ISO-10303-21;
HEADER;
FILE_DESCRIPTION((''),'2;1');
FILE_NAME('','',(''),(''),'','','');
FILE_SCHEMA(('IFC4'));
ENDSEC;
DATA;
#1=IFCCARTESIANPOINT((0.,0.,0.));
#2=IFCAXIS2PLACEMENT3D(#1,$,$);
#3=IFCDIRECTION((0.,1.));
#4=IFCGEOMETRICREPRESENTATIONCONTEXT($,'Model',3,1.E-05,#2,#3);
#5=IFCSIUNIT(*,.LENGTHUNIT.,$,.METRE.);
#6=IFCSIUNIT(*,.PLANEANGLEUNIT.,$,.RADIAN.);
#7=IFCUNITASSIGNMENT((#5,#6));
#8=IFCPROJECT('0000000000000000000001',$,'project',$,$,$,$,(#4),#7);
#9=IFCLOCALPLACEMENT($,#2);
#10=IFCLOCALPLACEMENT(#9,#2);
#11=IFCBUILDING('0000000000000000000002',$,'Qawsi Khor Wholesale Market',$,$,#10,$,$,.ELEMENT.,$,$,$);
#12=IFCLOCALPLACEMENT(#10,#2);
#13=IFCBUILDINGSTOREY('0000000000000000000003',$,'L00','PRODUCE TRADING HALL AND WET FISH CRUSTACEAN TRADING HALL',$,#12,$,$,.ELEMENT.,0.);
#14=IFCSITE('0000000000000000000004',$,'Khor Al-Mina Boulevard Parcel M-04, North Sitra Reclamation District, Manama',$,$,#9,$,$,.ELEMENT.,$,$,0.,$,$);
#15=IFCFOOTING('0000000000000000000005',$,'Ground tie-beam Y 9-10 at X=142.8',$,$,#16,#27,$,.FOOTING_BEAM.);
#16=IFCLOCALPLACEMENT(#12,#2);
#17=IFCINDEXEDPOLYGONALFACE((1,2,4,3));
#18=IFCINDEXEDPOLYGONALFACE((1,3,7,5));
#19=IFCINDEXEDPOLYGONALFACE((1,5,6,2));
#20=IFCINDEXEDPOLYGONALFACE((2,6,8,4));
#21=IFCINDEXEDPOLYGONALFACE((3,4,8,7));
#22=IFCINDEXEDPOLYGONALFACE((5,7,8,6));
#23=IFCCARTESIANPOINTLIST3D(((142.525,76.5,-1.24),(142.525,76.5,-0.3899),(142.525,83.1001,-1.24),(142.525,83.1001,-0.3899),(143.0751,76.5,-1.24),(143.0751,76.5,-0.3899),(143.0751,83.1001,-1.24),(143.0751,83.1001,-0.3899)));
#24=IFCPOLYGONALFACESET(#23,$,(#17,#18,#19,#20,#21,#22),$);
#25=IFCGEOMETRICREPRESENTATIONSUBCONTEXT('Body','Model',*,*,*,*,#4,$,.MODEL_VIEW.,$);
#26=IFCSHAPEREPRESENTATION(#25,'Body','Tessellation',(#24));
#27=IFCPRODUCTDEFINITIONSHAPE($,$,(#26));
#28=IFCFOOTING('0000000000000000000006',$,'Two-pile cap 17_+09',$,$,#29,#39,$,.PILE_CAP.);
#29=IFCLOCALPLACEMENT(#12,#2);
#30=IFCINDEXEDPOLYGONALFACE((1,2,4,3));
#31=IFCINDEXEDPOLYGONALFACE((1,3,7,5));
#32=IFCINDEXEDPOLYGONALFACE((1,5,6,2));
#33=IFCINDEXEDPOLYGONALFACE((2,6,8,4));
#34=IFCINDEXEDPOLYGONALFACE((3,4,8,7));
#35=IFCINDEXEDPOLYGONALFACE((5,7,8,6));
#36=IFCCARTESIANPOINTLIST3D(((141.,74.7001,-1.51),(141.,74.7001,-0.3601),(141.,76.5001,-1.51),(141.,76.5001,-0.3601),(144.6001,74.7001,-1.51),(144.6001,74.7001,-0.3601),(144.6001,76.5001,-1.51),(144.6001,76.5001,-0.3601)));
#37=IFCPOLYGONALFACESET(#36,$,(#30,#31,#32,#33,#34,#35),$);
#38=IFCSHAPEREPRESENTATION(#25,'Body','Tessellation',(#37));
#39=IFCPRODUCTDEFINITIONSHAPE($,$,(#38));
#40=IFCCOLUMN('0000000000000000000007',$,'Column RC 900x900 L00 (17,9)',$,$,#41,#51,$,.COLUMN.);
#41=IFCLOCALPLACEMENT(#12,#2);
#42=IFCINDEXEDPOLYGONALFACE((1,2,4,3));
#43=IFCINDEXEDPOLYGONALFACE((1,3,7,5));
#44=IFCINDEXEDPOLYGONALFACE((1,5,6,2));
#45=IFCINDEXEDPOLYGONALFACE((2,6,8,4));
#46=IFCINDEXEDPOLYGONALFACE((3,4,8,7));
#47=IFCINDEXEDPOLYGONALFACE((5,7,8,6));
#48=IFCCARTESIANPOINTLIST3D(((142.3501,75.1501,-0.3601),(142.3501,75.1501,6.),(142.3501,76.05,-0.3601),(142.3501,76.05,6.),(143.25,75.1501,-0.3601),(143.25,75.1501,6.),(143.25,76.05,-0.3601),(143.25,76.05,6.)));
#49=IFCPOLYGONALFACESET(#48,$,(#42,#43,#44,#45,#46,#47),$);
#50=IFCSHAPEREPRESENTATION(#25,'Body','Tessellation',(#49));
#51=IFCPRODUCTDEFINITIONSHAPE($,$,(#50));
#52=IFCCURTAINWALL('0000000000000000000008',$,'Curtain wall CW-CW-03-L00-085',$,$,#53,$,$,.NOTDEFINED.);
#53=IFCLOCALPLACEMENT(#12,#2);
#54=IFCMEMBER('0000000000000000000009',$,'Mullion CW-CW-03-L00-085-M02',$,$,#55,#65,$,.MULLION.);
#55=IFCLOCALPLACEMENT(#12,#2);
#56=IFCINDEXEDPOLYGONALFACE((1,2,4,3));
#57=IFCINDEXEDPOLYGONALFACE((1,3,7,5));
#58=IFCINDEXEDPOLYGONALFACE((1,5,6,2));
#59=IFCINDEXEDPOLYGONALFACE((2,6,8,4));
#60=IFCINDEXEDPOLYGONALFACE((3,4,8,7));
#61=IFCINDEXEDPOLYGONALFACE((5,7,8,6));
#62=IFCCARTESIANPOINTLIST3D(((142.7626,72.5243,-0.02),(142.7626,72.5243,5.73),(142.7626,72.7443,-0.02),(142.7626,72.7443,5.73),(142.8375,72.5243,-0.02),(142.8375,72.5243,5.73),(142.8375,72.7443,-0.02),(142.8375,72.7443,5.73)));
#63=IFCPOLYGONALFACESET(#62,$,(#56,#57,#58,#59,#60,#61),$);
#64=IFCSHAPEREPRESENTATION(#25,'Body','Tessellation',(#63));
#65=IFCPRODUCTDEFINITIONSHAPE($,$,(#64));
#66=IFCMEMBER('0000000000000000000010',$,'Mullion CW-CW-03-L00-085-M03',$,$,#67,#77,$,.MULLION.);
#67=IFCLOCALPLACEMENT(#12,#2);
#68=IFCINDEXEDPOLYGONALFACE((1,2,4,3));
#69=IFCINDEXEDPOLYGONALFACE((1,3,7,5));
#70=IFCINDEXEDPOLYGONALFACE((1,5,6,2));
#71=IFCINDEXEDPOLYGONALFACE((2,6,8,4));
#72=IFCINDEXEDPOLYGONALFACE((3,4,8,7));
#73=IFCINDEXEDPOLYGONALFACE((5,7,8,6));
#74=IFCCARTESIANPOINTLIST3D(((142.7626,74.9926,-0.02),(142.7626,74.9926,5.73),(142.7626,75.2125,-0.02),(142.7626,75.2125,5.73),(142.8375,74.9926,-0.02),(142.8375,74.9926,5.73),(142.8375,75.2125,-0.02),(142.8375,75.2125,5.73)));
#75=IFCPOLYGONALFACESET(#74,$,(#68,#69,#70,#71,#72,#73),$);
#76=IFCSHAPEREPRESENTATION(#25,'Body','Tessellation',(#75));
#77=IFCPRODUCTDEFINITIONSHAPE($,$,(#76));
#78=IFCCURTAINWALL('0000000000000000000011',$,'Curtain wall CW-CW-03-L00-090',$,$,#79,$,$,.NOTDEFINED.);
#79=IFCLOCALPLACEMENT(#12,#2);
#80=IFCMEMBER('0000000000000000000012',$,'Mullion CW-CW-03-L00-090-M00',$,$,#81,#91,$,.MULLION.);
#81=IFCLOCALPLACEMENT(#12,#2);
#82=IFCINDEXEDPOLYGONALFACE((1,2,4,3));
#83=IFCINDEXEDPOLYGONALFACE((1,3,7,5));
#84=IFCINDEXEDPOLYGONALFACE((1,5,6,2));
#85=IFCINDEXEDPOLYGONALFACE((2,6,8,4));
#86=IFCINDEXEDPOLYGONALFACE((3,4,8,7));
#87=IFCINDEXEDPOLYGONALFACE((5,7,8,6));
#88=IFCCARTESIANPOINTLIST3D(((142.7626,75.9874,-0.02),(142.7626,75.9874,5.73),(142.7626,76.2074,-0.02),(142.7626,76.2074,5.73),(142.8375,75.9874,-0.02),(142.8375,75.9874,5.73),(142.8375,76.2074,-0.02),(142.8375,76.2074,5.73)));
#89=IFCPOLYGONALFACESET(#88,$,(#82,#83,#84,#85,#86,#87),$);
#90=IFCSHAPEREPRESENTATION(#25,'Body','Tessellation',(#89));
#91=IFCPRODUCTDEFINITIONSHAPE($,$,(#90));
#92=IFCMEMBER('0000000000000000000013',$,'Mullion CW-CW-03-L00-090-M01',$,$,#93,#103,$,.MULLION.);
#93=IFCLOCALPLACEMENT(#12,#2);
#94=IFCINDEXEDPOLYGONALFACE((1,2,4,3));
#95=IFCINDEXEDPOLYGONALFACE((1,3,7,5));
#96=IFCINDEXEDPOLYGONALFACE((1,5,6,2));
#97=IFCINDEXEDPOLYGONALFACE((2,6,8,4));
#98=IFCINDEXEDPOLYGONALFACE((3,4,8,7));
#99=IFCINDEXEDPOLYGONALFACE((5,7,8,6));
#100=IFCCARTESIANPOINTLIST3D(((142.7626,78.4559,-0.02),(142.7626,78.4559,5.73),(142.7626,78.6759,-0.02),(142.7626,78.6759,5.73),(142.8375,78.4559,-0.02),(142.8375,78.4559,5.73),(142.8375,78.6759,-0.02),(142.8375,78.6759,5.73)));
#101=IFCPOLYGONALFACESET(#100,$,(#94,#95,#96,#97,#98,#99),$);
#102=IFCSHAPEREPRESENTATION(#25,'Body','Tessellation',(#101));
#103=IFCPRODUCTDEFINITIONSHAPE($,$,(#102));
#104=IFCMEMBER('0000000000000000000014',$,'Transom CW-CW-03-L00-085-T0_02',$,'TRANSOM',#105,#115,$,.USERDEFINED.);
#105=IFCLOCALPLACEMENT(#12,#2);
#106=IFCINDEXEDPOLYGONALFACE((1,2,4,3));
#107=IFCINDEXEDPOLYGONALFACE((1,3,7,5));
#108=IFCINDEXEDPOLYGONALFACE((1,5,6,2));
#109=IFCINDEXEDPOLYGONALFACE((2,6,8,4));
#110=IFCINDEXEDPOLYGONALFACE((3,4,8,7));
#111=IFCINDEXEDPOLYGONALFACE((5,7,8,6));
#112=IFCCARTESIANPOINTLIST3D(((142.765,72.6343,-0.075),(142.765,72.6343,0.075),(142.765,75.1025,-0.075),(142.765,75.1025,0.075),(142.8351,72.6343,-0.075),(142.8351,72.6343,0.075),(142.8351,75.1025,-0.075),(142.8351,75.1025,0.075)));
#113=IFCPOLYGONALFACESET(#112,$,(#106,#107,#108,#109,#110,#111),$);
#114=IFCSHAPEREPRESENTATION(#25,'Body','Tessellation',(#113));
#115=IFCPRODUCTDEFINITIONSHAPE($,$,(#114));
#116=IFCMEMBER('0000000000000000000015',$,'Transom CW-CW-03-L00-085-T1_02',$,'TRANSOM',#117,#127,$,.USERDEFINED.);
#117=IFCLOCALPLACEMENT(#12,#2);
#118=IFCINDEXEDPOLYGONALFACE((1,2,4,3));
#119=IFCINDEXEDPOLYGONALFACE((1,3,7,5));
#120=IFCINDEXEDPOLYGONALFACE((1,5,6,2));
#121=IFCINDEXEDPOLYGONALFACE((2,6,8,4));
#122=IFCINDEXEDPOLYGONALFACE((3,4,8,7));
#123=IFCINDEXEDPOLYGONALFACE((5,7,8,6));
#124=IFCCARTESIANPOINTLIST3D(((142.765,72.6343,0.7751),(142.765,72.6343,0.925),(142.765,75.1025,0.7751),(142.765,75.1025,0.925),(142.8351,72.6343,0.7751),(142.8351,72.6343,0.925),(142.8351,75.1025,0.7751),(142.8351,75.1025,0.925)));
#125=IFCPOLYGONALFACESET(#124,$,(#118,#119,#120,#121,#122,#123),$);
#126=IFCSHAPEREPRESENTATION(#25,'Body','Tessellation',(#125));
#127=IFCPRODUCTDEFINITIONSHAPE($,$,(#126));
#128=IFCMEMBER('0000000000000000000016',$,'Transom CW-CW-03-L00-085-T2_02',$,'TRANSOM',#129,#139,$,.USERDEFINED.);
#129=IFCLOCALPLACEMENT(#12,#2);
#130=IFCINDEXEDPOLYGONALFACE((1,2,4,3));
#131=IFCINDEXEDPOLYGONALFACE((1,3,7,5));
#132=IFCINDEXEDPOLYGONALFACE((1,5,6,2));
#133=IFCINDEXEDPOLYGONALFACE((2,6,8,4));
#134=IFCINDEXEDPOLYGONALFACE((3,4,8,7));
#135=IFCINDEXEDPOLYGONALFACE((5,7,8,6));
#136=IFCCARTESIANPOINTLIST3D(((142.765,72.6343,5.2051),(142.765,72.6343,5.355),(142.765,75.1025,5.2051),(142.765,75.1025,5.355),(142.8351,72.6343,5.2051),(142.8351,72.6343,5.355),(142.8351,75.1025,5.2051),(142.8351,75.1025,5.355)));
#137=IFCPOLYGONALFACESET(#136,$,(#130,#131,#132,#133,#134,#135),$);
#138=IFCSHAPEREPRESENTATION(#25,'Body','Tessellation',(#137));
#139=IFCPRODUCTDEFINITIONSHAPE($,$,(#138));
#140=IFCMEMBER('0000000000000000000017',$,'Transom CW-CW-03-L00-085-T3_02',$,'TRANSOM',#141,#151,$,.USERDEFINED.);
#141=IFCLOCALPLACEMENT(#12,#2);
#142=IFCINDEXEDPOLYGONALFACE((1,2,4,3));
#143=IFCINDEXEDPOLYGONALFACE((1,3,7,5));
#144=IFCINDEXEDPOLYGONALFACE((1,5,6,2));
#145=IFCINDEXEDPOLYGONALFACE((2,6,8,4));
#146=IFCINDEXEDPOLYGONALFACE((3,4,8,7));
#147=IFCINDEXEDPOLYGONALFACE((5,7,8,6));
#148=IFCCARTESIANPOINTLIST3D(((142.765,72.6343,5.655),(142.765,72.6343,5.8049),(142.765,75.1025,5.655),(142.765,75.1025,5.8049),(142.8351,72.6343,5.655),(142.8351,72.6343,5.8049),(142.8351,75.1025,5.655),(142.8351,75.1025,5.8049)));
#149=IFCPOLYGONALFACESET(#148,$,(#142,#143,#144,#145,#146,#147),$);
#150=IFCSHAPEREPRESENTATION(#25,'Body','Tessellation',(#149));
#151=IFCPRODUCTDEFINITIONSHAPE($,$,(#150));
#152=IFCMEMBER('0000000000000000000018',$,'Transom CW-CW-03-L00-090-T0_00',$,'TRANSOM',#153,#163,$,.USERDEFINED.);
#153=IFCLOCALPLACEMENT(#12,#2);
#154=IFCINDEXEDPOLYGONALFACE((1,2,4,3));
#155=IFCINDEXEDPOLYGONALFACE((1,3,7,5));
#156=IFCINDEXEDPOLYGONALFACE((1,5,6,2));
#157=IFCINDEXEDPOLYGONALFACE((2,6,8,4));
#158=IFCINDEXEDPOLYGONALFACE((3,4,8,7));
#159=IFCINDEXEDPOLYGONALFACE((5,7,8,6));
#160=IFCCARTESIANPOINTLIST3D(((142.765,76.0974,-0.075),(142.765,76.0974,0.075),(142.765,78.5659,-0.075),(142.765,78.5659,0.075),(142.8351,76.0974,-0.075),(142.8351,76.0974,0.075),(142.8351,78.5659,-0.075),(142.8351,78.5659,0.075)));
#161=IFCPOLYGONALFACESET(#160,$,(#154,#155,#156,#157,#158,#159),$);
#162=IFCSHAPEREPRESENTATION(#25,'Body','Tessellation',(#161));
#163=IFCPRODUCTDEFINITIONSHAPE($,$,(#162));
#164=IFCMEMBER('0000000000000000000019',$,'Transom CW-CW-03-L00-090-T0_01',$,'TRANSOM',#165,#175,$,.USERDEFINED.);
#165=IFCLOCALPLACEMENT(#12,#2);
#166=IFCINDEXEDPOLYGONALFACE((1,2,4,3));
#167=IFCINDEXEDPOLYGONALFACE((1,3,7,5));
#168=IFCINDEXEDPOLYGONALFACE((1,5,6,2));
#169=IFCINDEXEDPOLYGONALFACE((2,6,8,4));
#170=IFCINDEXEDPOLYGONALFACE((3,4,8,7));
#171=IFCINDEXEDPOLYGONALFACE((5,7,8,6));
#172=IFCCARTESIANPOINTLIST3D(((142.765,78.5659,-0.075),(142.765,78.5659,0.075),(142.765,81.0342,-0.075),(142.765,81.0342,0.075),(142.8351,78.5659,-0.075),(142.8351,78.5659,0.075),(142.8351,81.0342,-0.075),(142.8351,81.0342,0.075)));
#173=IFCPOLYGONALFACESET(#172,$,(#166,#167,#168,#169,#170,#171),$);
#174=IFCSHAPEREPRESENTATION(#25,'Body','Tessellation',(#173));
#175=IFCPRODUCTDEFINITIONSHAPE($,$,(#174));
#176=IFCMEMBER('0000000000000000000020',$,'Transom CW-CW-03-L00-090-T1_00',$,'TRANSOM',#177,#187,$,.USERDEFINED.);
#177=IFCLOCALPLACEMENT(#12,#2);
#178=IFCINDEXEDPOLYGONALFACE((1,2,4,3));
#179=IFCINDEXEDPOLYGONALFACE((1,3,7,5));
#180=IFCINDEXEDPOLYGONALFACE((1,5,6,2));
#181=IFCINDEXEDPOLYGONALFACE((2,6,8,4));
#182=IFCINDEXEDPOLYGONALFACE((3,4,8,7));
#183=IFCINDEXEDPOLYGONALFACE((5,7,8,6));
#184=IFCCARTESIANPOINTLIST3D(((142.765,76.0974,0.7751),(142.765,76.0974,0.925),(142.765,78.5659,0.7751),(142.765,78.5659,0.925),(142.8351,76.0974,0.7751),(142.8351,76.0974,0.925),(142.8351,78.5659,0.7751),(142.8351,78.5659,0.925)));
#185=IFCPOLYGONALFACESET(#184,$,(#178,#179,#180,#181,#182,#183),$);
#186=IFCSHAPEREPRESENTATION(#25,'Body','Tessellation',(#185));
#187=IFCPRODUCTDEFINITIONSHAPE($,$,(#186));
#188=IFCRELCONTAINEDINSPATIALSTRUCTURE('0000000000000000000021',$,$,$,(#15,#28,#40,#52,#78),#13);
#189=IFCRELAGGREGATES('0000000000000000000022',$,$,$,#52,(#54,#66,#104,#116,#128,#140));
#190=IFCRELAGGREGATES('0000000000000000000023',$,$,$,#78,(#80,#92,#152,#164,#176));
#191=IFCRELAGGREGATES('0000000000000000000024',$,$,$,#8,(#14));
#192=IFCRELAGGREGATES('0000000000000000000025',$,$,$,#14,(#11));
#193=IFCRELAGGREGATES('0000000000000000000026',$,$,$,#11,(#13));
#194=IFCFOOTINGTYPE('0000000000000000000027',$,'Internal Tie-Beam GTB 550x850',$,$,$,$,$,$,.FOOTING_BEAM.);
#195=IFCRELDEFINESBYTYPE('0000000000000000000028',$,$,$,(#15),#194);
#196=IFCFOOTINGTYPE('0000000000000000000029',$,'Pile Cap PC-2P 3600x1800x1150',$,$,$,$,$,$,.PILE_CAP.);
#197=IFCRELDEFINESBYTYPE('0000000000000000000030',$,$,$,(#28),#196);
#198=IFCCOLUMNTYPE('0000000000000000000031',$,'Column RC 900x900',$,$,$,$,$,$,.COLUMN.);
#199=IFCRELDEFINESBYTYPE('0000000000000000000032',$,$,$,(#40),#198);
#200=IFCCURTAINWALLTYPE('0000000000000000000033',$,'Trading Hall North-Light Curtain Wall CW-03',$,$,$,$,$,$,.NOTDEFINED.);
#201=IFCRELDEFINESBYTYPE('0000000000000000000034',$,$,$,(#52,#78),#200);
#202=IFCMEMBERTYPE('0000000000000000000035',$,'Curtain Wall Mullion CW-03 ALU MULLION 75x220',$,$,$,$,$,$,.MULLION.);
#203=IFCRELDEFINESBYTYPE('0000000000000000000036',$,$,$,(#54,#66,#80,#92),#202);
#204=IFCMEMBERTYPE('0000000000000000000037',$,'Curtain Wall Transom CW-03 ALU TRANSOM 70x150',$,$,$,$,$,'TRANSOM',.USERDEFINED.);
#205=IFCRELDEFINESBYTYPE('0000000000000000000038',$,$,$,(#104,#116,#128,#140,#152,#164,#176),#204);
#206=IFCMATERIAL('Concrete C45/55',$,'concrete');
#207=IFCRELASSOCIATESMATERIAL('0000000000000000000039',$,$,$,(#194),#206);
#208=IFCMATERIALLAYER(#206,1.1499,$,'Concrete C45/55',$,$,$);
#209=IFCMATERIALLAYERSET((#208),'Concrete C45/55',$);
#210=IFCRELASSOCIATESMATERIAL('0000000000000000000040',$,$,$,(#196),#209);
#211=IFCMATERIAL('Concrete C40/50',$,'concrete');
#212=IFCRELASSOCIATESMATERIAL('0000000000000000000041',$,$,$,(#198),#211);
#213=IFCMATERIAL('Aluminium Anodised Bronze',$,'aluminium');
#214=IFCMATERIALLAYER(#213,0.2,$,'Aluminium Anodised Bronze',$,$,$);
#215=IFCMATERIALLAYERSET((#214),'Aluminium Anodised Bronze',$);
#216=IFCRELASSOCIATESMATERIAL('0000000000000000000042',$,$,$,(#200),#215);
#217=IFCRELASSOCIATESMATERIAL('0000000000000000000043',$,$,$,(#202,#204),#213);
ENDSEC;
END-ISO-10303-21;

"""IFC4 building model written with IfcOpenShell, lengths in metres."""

from ifc_helpers import new_model, si_unit, direction, frame, origin, origin_2d, place, context, subcontext, project, spatial, rectangle, extrude, material, layer, layer_set, material_profile, profile_set, type_object, element, aggregate, save


model = new_model("IFC4")

# Units and contexts
model_context = context("Model", 3, precision=1e-05, world=origin(), true_north=direction((0.0, 1.0)))
body_context = subcontext(model_context, "Body", "Model", "MODEL_VIEW")
ifc_project = project(units=[si_unit("LENGTHUNIT", "METRE"), si_unit("PLANEANGLEUNIT", "RADIAN")], contexts=[model_context])

# Site, building, storey
site_placement = place(None, origin())
site = spatial("IfcSite", under=ifc_project, at=site_placement, Name="Khor Al-Mina Boulevard Parcel M-04, North Sitra Reclamation District, Manama", CompositionType="ELEMENT", RefElevation=0.0)
building_placement = place(site_placement, origin())
building = spatial("IfcBuilding", under=site, at=building_placement, Name="Qawsi Khor Wholesale Market", CompositionType="ELEMENT")
storey_placement = place(building_placement, origin())
storey = spatial("IfcBuildingStorey", under=building, at=storey_placement, Name="L00", Description="PRODUCE TRADING HALL AND WET FISH CRUSTACEAN TRADING HALL", CompositionType="ELEMENT", Elevation=0.0)

# Footings
ifc_material_1 = material(Name="Concrete C45/55", Category="concrete")
ifc_material_profile_1 = material_profile(ifc_material_1, rectangle(XDim=0.55, YDim=0.8501, at=origin_2d()), Name="RC 550x850")
ifc_profile_set_1 = profile_set([ifc_material_profile_1], Name="Concrete C45/55")
footing_type_1 = type_object("IfcFootingType", Name="Internal Tie-Beam GTB 550x850", PredefinedType="FOOTING_BEAM", material=ifc_profile_set_1)
footing_1_placement = place(storey_placement, frame((142.8, 76.5, -0.8149), z_axis=(0.0, 1.0, 0.0), x_axis=(-1.0, 0.0, 0.0)))
element("IfcFooting", 1, at=footing_1_placement, inside=storey, type_object=footing_type_1, Name="Ground tie-beam Y 9-10 at X=142.8", PredefinedType="FOOTING_BEAM", context=body_context, shape_type="SweptSolid", body=[
    extrude(rectangle(XDim=0.55, YDim=0.8501, at=origin_2d()), origin(), (0.0, 0.0, 1.0), 6.6001),
])
ifc_layer_1 = layer(ifc_material_1, 1.1499, Name="Concrete C45/55")
ifc_layer_set_1 = layer_set([ifc_layer_1], Name="Concrete C45/55")
footing_type_2 = type_object("IfcFootingType", Name="Pile Cap PC-2P 3600x1800x1150", PredefinedType="PILE_CAP", material=ifc_layer_set_1)
footing_2_placement = place(storey_placement, frame((142.8, 75.6001, -1.51), z_axis=(0.0, 0.0, 1.0), x_axis=(1.0, 0.0, 0.0)))
element("IfcFooting", 2, at=footing_2_placement, inside=storey, type_object=footing_type_2, Name="Two-pile cap 17_+09", PredefinedType="PILE_CAP", context=body_context, shape_type="SweptSolid", body=[
    extrude(rectangle(XDim=3.6001, YDim=1.8, at=origin_2d()), origin(), (0.0, 0.0, 1.0), 1.1499),
])

# Column
ifc_material_2 = material(Name="Concrete C40/50", Category="concrete")
ifc_material_profile_2 = material_profile(ifc_material_2, rectangle(XDim=0.8999, YDim=0.8999, at=origin_2d()), Name="RC 900x900")
ifc_profile_set_2 = profile_set([ifc_material_profile_2], Name="Concrete C40/50")
column_type = type_object("IfcColumnType", Name="Column RC 900x900", PredefinedType="COLUMN", material=ifc_profile_set_2)
column_placement = place(storey_placement, frame((142.8, 75.6001, -0.3601), z_axis=(0.0, 0.0, 1.0), x_axis=(1.0, 0.0, 0.0)))
element("IfcColumn", 3, at=column_placement, inside=storey, type_object=column_type, Name="Column RC 900x900 L00 (17,9)", PredefinedType="COLUMN", context=body_context, shape_type="SweptSolid", body=[
    extrude(rectangle(XDim=0.8999, YDim=0.8999, at=origin_2d()), origin(), (0.0, 0.0, 1.0), 6.3601),
])

# Curtain walls, members
ifc_material_3 = material(Name="Aluminium Anodised Bronze", Category="aluminium")
ifc_layer_2 = layer(ifc_material_3, 0.2, Name="Aluminium Anodised Bronze")
ifc_layer_set_2 = layer_set([ifc_layer_2], Name="Aluminium Anodised Bronze")
curtain_wall_type = type_object("IfcCurtainWallType", Name="Trading Hall North-Light Curtain Wall CW-03", PredefinedType="NOTDEFINED", material=ifc_layer_set_2)
curtain_wall_1_placement = place(storey_placement, origin())
curtain_wall_1 = element("IfcCurtainWall", 4, at=curtain_wall_1_placement, inside=storey, type_object=curtain_wall_type, Name="Curtain wall CW-CW-03-L00-085", PredefinedType="NOTDEFINED")
ifc_material_profile_3 = material_profile(ifc_material_3, rectangle(XDim=0.075, YDim=0.22, at=origin_2d()), Name="ALU MULLION 75x220")
ifc_profile_set_3 = profile_set([ifc_material_profile_3], Name="Aluminium Anodised Bronze")
member_type_1 = type_object("IfcMemberType", Name="Curtain Wall Mullion CW-03 ALU MULLION 75x220", PredefinedType="MULLION", material=ifc_profile_set_3)
member_1_placement = place(storey_placement, frame((142.8, 72.6343, -0.02), z_axis=(0.0, 0.0, 1.0), x_axis=(1.0, 0.0, 0.0)))
member_1 = element("IfcMember", 5, at=member_1_placement, type_object=member_type_1, Name="Mullion CW-CW-03-L00-085-M02", PredefinedType="MULLION", context=body_context, shape_type="SweptSolid", body=[
    extrude(rectangle(XDim=0.075, YDim=0.22, at=origin_2d()), origin(), (0.0, 0.0, 1.0), 5.75),
])
member_2_placement = place(storey_placement, frame((142.8, 75.1025, -0.02), z_axis=(0.0, 0.0, 1.0), x_axis=(1.0, 0.0, 0.0)))
member_2 = element("IfcMember", 6, at=member_2_placement, type_object=member_type_1, Name="Mullion CW-CW-03-L00-085-M03", PredefinedType="MULLION", context=body_context, shape_type="SweptSolid", body=[
    extrude(rectangle(XDim=0.075, YDim=0.22, at=origin_2d()), origin(), (0.0, 0.0, 1.0), 5.75),
])
curtain_wall_2_placement = place(storey_placement, origin())
curtain_wall_2 = element("IfcCurtainWall", 7, at=curtain_wall_2_placement, inside=storey, type_object=curtain_wall_type, Name="Curtain wall CW-CW-03-L00-090", PredefinedType="NOTDEFINED")
member_3_placement = place(storey_placement, frame((142.8, 76.0974, -0.02), z_axis=(0.0, 0.0, 1.0), x_axis=(1.0, 0.0, 0.0)))
member_3 = element("IfcMember", 8, at=member_3_placement, type_object=member_type_1, Name="Mullion CW-CW-03-L00-090-M00", PredefinedType="MULLION", context=body_context, shape_type="SweptSolid", body=[
    extrude(rectangle(XDim=0.075, YDim=0.22, at=origin_2d()), origin(), (0.0, 0.0, 1.0), 5.75),
])
member_4_placement = place(storey_placement, frame((142.8, 78.5659, -0.02), z_axis=(0.0, 0.0, 1.0), x_axis=(1.0, 0.0, 0.0)))
member_4 = element("IfcMember", 9, at=member_4_placement, type_object=member_type_1, Name="Mullion CW-CW-03-L00-090-M01", PredefinedType="MULLION", context=body_context, shape_type="SweptSolid", body=[
    extrude(rectangle(XDim=0.075, YDim=0.22, at=origin_2d()), origin(), (0.0, 0.0, 1.0), 5.75),
])

# Members
ifc_material_profile_4 = material_profile(ifc_material_3, rectangle(XDim=0.0701, YDim=0.1499, at=origin_2d()), Name="ALU TRANSOM 70x150")
ifc_profile_set_4 = profile_set([ifc_material_profile_4], Name="Aluminium Anodised Bronze")
member_type_2 = type_object("IfcMemberType", Name="Curtain Wall Transom CW-03 ALU TRANSOM 70x150", ElementType="TRANSOM", PredefinedType="USERDEFINED", material=ifc_profile_set_4)
member_5_placement = place(storey_placement, frame((142.8, 72.6343, 0.0), z_axis=(0.0, 1.0, 0.0), x_axis=(-1.0, 0.0, 0.0)))
member_5 = element("IfcMember", 10, at=member_5_placement, type_object=member_type_2, Name="Transom CW-CW-03-L00-085-T0_02", ObjectType="TRANSOM", PredefinedType="USERDEFINED", context=body_context, shape_type="SweptSolid", body=[
    extrude(rectangle(XDim=0.0701, YDim=0.1499, at=origin_2d()), origin(), (0.0, 0.0, 1.0), 2.4683),
])
member_6_placement = place(storey_placement, frame((142.8, 72.6343, 0.8501), z_axis=(0.0, 1.0, 0.0), x_axis=(-1.0, 0.0, 0.0)))
member_6 = element("IfcMember", 11, at=member_6_placement, type_object=member_type_2, Name="Transom CW-CW-03-L00-085-T1_02", ObjectType="TRANSOM", PredefinedType="USERDEFINED", context=body_context, shape_type="SweptSolid", body=[
    extrude(rectangle(XDim=0.0701, YDim=0.1499, at=origin_2d()), origin(), (0.0, 0.0, 1.0), 2.4683),
])
member_7_placement = place(storey_placement, frame((142.8, 72.6343, 5.28), z_axis=(0.0, 1.0, 0.0), x_axis=(-1.0, 0.0, 0.0)))
member_7 = element("IfcMember", 12, at=member_7_placement, type_object=member_type_2, Name="Transom CW-CW-03-L00-085-T2_02", ObjectType="TRANSOM", PredefinedType="USERDEFINED", context=body_context, shape_type="SweptSolid", body=[
    extrude(rectangle(XDim=0.0701, YDim=0.1499, at=origin_2d()), origin(), (0.0, 0.0, 1.0), 2.4683),
])
member_8_placement = place(storey_placement, frame((142.8, 72.6343, 5.73), z_axis=(0.0, 1.0, 0.0), x_axis=(-1.0, 0.0, 0.0)))
member_8 = element("IfcMember", 13, at=member_8_placement, type_object=member_type_2, Name="Transom CW-CW-03-L00-085-T3_02", ObjectType="TRANSOM", PredefinedType="USERDEFINED", context=body_context, shape_type="SweptSolid", body=[
    extrude(rectangle(XDim=0.0701, YDim=0.1499, at=origin_2d()), origin(), (0.0, 0.0, 1.0), 2.4683),
])
member_9_placement = place(storey_placement, frame((142.8, 76.0974, 0.0), z_axis=(0.0, 1.0, 0.0), x_axis=(-1.0, 0.0, 0.0)))
member_9 = element("IfcMember", 14, at=member_9_placement, type_object=member_type_2, Name="Transom CW-CW-03-L00-090-T0_00", ObjectType="TRANSOM", PredefinedType="USERDEFINED", context=body_context, shape_type="SweptSolid", body=[
    extrude(rectangle(XDim=0.0701, YDim=0.1499, at=origin_2d()), origin(), (0.0, 0.0, 1.0), 2.4685),
])
member_10_placement = place(storey_placement, frame((142.8, 78.5659, 0.0), z_axis=(0.0, 1.0, 0.0), x_axis=(-1.0, 0.0, 0.0)))
member_10 = element("IfcMember", 15, at=member_10_placement, type_object=member_type_2, Name="Transom CW-CW-03-L00-090-T0_01", ObjectType="TRANSOM", PredefinedType="USERDEFINED", context=body_context, shape_type="SweptSolid", body=[
    extrude(rectangle(XDim=0.0701, YDim=0.1499, at=origin_2d()), origin(), (0.0, 0.0, 1.0), 2.4683),
])
member_11_placement = place(storey_placement, frame((142.8, 76.0974, 0.8501), z_axis=(0.0, 1.0, 0.0), x_axis=(-1.0, 0.0, 0.0)))
member_11 = element("IfcMember", 16, at=member_11_placement, type_object=member_type_2, Name="Transom CW-CW-03-L00-090-T1_00", ObjectType="TRANSOM", PredefinedType="USERDEFINED", context=body_context, shape_type="SweptSolid", body=[
    extrude(rectangle(XDim=0.0701, YDim=0.1499, at=origin_2d()), origin(), (0.0, 0.0, 1.0), 2.4685),
])

aggregate(curtain_wall_1, [member_1, member_2, member_5, member_6, member_7, member_8])
aggregate(curtain_wall_2, [member_3, member_4, member_9, member_10, member_11])

save(model, "model.ifc")
